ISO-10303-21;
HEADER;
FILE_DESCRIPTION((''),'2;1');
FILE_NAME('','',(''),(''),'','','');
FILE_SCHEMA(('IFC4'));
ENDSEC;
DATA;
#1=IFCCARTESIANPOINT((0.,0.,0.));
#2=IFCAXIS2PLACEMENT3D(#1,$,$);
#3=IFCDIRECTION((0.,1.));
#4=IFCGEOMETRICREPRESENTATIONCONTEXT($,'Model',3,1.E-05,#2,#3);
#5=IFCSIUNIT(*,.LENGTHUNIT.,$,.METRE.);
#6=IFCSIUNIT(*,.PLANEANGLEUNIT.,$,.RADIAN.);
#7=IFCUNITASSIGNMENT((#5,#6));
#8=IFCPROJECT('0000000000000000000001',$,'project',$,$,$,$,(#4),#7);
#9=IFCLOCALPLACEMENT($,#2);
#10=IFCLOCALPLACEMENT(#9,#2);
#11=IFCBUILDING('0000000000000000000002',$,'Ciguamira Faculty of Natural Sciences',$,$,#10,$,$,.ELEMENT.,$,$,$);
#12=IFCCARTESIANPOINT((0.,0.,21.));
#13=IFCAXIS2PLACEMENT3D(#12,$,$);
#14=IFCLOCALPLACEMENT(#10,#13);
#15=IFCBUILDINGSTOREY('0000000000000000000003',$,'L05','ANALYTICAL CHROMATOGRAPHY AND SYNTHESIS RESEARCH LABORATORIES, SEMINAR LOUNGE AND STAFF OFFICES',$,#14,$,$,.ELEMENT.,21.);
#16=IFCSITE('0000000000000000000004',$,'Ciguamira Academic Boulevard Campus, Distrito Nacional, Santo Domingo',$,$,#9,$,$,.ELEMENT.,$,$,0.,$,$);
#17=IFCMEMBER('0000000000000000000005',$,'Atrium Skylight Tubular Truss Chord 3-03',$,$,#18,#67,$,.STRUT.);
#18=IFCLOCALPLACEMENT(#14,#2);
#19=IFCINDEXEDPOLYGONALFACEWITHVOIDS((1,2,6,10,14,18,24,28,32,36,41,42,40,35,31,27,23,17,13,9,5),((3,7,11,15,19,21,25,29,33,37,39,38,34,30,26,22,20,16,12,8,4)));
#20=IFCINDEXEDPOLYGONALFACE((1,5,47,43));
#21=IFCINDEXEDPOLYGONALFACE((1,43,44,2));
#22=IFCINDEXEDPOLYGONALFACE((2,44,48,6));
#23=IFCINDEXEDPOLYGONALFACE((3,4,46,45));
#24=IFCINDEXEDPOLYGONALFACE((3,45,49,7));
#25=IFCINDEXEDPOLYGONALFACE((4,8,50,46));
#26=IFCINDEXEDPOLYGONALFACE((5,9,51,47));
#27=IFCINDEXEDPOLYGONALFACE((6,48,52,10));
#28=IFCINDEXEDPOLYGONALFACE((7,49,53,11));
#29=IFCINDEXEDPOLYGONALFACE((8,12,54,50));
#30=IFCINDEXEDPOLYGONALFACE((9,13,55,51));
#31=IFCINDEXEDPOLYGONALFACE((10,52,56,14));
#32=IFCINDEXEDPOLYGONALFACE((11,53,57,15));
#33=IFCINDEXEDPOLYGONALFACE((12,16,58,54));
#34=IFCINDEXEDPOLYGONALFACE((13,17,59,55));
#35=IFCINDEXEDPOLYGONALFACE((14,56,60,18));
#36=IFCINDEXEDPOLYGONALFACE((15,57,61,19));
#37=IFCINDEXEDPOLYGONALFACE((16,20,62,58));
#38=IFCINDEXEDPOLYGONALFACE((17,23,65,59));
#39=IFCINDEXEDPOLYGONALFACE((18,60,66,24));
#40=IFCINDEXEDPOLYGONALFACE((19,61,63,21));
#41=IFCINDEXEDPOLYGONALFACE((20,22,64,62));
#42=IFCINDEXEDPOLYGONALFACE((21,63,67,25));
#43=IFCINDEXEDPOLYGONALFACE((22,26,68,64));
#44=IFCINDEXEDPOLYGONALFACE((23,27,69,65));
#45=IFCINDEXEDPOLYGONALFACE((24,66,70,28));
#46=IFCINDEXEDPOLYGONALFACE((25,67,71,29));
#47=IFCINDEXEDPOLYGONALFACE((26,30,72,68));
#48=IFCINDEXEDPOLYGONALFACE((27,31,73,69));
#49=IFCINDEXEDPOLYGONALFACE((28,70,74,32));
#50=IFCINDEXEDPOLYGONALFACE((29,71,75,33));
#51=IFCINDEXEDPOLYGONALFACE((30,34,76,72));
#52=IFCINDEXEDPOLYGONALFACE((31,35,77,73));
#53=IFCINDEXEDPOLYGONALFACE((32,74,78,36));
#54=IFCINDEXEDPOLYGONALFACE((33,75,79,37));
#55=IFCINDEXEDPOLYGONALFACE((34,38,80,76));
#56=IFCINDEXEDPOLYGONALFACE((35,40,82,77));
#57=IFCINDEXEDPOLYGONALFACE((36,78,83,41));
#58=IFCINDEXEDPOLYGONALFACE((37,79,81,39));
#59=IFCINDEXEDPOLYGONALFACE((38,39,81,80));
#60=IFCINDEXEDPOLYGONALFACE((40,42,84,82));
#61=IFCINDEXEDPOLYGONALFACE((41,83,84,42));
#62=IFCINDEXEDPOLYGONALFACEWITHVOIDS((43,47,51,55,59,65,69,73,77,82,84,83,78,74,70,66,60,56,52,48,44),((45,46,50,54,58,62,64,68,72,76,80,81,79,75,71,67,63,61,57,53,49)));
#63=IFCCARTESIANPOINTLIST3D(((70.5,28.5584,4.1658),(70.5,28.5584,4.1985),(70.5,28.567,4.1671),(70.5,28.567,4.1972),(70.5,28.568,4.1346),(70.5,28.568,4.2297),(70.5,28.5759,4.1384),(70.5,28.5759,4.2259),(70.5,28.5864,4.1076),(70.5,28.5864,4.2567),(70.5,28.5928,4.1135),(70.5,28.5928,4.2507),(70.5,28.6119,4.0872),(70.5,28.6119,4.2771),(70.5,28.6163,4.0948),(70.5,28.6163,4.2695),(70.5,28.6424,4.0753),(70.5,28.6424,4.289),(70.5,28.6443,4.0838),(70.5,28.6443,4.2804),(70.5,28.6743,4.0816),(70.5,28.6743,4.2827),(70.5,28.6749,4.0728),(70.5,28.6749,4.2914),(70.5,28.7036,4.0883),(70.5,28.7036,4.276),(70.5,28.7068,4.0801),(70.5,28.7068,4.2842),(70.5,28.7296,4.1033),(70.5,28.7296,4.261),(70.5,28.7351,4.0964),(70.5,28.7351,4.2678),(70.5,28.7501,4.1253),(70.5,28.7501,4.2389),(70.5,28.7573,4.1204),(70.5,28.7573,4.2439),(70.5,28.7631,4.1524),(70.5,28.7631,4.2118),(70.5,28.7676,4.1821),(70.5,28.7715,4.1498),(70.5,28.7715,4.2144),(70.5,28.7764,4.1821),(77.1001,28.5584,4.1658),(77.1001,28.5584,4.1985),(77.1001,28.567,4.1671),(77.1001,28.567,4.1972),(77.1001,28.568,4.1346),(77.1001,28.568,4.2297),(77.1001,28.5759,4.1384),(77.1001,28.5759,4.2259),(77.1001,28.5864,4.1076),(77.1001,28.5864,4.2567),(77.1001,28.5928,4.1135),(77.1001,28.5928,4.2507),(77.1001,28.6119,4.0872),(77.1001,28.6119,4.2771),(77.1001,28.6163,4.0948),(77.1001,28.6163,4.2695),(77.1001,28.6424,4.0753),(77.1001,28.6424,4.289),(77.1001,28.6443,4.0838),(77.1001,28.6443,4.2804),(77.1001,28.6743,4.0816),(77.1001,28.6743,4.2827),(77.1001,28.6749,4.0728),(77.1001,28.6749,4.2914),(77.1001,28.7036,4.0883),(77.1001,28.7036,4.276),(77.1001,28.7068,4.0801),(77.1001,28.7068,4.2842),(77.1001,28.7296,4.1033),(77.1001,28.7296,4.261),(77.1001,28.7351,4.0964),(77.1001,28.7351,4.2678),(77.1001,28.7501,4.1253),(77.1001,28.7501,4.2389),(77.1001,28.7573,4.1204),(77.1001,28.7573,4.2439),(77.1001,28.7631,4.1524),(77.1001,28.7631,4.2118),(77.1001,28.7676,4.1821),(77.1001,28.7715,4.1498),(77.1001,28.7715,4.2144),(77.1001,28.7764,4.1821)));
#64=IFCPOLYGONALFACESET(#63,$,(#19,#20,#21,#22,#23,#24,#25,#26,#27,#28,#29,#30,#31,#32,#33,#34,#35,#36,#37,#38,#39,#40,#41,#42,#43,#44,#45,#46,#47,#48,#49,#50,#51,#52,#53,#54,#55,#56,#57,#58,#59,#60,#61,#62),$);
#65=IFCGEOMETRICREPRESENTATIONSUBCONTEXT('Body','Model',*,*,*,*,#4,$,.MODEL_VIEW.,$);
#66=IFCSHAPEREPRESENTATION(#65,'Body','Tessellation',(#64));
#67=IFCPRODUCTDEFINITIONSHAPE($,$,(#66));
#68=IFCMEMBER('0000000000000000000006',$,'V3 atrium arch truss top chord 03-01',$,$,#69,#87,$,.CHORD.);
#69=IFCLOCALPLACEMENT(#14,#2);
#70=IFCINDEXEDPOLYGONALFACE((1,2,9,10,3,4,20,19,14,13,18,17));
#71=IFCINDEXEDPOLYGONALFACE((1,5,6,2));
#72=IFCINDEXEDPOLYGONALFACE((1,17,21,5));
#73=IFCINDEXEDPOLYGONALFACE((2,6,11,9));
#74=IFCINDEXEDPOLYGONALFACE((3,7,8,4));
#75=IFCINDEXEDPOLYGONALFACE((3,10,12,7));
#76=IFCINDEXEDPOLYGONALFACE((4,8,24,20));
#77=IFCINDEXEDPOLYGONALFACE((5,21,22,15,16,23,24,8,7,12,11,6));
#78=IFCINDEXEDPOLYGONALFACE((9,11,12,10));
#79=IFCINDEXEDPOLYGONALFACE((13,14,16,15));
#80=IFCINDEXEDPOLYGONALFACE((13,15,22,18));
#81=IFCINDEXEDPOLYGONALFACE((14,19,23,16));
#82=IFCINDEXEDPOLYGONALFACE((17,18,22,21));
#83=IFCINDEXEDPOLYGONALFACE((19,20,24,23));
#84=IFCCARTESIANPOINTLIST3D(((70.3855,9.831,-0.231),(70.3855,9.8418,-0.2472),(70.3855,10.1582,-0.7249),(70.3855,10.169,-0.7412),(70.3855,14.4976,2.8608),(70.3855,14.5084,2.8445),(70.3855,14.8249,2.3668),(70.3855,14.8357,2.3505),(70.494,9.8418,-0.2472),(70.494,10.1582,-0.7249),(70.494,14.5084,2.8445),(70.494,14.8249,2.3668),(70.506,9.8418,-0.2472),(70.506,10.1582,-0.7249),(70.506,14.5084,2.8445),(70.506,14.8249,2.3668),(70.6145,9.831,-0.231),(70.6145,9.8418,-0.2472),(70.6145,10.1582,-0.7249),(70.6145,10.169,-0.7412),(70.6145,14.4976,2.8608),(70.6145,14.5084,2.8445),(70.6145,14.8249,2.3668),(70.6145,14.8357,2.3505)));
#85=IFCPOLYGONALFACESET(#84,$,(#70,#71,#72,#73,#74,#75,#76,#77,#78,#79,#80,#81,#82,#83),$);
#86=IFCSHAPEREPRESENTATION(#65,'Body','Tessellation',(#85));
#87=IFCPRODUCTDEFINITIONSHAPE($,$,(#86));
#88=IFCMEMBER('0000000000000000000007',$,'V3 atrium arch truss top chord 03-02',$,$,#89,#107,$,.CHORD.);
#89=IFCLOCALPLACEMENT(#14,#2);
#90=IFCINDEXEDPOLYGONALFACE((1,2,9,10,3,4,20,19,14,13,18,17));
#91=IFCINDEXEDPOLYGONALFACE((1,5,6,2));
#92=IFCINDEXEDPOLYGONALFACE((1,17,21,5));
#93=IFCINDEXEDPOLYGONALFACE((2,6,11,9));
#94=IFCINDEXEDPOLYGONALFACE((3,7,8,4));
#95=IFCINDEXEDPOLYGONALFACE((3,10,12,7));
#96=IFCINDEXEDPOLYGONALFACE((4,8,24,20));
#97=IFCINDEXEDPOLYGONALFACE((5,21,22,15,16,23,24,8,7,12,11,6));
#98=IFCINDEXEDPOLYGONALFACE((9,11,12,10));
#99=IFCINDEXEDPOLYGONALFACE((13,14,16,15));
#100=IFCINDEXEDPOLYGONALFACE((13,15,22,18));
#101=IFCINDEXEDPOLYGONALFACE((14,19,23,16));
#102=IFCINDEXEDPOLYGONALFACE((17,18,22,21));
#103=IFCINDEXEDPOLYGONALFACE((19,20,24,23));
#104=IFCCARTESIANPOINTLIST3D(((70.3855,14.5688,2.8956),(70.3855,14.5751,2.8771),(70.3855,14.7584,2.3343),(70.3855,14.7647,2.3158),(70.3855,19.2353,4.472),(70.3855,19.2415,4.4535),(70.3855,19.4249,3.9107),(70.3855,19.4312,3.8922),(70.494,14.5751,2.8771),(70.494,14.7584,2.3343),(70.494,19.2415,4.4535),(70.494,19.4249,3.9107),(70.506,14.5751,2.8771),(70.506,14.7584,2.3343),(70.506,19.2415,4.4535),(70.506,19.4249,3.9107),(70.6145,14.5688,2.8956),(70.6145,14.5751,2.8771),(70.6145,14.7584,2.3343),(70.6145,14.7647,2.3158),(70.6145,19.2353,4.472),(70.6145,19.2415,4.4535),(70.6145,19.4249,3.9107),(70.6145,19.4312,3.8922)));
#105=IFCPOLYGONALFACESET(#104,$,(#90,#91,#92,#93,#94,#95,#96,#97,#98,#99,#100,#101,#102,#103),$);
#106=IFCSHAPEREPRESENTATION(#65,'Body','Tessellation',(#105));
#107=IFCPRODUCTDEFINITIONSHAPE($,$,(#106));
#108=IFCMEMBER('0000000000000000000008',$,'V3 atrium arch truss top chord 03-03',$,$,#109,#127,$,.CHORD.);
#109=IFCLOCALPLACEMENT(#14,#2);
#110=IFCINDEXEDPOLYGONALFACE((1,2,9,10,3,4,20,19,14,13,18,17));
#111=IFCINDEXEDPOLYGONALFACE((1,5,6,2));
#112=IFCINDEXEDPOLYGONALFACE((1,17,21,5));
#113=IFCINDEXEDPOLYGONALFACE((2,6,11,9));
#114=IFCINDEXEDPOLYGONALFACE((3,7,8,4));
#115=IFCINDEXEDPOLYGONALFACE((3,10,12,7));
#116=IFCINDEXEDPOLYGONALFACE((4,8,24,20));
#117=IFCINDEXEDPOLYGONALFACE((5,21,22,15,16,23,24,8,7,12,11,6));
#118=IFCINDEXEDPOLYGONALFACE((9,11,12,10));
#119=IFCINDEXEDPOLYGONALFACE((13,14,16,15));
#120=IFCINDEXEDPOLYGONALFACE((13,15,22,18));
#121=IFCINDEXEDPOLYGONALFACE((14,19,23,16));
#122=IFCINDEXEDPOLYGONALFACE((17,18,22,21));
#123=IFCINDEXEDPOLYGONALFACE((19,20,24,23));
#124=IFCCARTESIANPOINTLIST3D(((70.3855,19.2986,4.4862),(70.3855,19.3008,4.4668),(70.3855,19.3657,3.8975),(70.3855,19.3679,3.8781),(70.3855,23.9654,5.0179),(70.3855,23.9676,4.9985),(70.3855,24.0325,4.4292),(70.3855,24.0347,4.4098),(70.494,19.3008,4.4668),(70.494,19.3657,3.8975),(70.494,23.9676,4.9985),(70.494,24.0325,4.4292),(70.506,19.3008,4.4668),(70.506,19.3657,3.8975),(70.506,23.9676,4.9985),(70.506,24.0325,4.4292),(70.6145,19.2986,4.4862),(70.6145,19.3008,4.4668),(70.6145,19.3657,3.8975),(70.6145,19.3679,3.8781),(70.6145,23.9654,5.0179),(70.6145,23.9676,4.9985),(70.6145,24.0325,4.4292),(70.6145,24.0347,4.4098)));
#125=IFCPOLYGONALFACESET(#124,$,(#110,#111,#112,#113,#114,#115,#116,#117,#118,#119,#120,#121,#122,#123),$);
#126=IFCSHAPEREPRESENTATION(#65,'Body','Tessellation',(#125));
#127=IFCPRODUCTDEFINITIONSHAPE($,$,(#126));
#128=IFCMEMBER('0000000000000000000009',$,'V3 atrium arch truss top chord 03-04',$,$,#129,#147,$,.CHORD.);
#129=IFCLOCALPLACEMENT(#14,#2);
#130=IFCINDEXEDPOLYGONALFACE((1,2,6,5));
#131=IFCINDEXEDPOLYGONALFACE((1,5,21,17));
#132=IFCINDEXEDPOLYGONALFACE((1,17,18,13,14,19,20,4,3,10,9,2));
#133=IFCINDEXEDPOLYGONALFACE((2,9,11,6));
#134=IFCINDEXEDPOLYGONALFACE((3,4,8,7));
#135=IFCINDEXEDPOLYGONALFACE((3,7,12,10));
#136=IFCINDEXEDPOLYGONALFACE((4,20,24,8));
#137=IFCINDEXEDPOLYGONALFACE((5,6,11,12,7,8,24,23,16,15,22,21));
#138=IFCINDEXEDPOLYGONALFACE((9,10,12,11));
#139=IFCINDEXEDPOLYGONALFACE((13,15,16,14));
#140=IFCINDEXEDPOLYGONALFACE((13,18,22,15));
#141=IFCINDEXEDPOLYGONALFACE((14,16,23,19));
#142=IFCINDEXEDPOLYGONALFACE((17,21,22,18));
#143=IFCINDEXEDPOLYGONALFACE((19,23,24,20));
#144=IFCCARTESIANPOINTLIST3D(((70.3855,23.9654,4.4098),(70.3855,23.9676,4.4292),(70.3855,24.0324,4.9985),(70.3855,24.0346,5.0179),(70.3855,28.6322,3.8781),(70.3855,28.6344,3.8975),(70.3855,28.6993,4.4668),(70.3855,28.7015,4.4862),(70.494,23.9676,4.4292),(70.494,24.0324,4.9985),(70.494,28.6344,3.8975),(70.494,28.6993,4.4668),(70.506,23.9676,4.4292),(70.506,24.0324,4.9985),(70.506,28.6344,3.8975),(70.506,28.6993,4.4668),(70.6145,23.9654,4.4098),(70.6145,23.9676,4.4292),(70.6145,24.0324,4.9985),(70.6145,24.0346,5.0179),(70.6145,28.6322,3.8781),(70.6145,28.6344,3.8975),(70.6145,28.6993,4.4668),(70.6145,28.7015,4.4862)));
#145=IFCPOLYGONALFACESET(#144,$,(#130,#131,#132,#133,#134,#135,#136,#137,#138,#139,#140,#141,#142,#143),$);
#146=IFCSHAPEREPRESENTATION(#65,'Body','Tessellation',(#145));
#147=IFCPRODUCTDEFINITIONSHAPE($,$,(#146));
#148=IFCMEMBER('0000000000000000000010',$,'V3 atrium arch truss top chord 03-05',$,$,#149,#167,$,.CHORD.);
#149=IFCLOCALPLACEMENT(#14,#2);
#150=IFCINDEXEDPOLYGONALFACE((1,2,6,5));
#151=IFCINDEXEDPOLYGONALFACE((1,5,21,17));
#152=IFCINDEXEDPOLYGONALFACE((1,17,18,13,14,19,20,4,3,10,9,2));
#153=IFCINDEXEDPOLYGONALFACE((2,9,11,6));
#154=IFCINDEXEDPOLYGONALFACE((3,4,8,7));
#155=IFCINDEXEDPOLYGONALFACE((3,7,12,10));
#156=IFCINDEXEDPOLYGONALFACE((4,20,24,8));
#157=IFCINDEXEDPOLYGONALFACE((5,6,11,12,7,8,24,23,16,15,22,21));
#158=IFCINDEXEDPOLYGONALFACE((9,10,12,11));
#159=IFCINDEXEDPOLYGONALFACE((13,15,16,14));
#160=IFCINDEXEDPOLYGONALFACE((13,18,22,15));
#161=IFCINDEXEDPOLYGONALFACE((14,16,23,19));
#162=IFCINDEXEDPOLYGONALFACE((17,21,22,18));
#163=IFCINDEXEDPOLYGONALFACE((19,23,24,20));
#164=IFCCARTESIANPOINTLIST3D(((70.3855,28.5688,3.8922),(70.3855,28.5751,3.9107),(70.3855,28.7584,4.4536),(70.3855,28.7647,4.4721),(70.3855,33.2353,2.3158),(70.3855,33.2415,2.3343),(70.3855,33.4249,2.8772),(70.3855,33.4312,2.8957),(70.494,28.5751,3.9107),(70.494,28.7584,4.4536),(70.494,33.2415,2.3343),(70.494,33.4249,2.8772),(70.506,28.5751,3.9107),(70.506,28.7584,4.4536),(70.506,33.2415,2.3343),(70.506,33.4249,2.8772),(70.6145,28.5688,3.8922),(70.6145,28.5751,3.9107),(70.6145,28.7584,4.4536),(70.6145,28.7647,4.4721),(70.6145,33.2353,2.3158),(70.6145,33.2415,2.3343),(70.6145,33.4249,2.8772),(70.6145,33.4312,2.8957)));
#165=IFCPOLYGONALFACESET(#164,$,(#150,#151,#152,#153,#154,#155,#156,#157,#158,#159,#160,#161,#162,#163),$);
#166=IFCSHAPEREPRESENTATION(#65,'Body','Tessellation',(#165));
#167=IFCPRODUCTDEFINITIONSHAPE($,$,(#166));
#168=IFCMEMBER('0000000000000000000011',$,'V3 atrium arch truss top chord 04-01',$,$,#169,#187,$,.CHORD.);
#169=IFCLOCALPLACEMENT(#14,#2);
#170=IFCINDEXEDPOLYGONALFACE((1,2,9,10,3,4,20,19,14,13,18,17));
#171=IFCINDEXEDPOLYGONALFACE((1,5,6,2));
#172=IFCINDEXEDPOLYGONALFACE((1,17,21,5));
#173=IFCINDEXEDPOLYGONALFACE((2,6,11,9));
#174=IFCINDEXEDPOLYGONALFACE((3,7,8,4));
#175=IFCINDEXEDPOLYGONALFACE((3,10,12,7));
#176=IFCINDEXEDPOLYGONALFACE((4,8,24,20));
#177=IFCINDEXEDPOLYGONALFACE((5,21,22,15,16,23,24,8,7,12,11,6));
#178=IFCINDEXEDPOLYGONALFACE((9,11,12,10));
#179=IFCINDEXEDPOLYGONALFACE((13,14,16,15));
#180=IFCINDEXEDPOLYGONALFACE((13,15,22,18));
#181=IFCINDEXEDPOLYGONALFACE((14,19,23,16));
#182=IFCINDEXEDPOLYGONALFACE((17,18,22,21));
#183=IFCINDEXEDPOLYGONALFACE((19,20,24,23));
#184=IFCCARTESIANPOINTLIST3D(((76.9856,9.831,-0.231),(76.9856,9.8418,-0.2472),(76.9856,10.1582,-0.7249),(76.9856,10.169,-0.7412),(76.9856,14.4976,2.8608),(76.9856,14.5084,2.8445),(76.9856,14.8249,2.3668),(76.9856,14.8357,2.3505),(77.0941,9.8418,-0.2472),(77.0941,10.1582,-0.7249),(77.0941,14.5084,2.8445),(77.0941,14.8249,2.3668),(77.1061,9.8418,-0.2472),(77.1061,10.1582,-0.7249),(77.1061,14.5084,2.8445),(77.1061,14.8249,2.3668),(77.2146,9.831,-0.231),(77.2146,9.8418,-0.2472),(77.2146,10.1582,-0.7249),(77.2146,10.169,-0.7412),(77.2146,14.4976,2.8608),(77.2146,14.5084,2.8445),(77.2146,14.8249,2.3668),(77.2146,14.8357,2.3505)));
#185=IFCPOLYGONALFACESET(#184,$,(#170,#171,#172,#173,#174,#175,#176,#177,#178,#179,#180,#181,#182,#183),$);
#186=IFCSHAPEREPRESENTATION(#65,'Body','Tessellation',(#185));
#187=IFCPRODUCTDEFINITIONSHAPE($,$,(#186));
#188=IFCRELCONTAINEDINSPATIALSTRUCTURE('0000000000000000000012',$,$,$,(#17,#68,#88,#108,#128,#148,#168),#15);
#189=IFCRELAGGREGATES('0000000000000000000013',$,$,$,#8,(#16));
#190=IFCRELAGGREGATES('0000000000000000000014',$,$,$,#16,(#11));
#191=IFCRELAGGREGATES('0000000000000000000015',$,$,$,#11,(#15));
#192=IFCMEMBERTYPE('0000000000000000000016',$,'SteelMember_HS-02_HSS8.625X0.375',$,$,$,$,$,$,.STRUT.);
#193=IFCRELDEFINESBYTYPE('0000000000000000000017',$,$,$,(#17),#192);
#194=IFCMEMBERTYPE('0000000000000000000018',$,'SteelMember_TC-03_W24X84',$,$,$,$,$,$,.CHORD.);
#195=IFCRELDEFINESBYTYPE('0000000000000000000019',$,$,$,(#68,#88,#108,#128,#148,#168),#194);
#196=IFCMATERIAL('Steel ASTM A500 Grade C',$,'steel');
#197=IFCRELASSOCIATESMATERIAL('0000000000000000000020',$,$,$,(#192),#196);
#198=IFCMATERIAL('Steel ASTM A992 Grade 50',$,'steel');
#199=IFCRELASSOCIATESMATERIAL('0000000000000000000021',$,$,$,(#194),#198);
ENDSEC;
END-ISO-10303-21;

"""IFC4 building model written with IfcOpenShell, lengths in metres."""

from ifc_helpers import new_model, si_unit, direction, frame, origin, origin_2d, place, context, subcontext, project, spatial, hollow_circle, i_section, extrude, material, material_profile, profile_set, type_object, element, save


model = new_model("IFC4")

# Units and contexts
model_context = context("Model", 3, precision=1e-05, world=origin(), true_north=direction((0.0, 1.0)))
body_context = subcontext(model_context, "Body", "Model", "MODEL_VIEW")
ifc_project = project(units=[si_unit("LENGTHUNIT", "METRE"), si_unit("PLANEANGLEUNIT", "RADIAN")], contexts=[model_context])

# Site, building, storey
site_placement = place(None, origin())
site = spatial("IfcSite", under=ifc_project, at=site_placement, Name="Ciguamira Academic Boulevard Campus, Distrito Nacional, Santo Domingo", CompositionType="ELEMENT", RefElevation=0.0)
building_placement = place(site_placement, origin())
building = spatial("IfcBuilding", under=site, at=building_placement, Name="Ciguamira Faculty of Natural Sciences", CompositionType="ELEMENT")
storey_placement = place(building_placement, frame((0.0, 0.0, 21.0)))
storey = spatial("IfcBuildingStorey", under=building, at=storey_placement, Name="L05", Description="ANALYTICAL CHROMATOGRAPHY AND SYNTHESIS RESEARCH LABORATORIES, SEMINAR LOUNGE AND STAFF OFFICES", CompositionType="ELEMENT", Elevation=21.0)

# Shared definitions
ifc_material_1 = material(Name="Steel ASTM A992 Grade 50", Category="steel")

# Members
ifc_material_2 = material(Name="Steel ASTM A500 Grade C", Category="steel")
ifc_material_profile_1 = material_profile(ifc_material_2, hollow_circle(Radius=0.1096, WallThickness=0.0088, at=origin_2d()), Name="HSS8.625X0.375")
ifc_profile_set_1 = profile_set([ifc_material_profile_1], Name="Steel ASTM A500 Grade C")
member_type_1 = type_object("IfcMemberType", Name="SteelMember_HS-02_HSS8.625X0.375", PredefinedType="STRUT", material=ifc_profile_set_1)
member_1_placement = place(storey_placement, frame((70.5, 28.6667, 4.1821), z_axis=(1.0, 0.0, 0.0), x_axis=(0.0, 1.0, 0.0)))
element("IfcMember", 1, at=member_1_placement, inside=storey, type_object=member_type_1, Name="Atrium Skylight Tubular Truss Chord 3-03", PredefinedType="STRUT", context=body_context, shape_type="SweptSolid", body=[
    extrude(hollow_circle(Radius=0.1096, WallThickness=0.0088, at=origin_2d()), origin(), (0.0, 0.0, 1.0), 6.6001),
])
ifc_material_profile_2 = material_profile(ifc_material_1, i_section(OverallWidth=0.229, OverallDepth=0.6121, WebThickness=0.012, FlangeThickness=0.0195, at=origin_2d()), Name="W24X84")
ifc_profile_set_2 = profile_set([ifc_material_profile_2], Name="Steel ASTM A992 Grade 50")
member_type_2 = type_object("IfcMemberType", Name="SteelMember_TC-03_W24X84", PredefinedType="CHORD", material=ifc_profile_set_2)
member_2_placement = place(storey_placement, frame((70.5, 10.0, -0.4861), z_axis=(0.0, 0.833644, 0.552303), x_axis=(-1.0, 0.0, 0.0)))
element("IfcMember", 2, at=member_2_placement, inside=storey, type_object=member_type_2, Name="V3 atrium arch truss top chord 03-01", PredefinedType="CHORD", context=body_context, shape_type="SweptSolid", body=[
    extrude(i_section(OverallWidth=0.229, OverallDepth=0.6121, WebThickness=0.012, FlangeThickness=0.0195, at=origin_2d()), origin(), (0.0, 0.0, 1.0), 5.5979),
])
member_3_placement = place(storey_placement, frame((70.5, 14.6667, 2.6057), z_axis=(0.0, 0.947402, 0.320047), x_axis=(-1.0, 0.0, 0.0)))
element("IfcMember", 3, at=member_3_placement, inside=storey, type_object=member_type_2, Name="V3 atrium arch truss top chord 03-02", PredefinedType="CHORD", context=body_context, shape_type="SweptSolid", body=[
    extrude(i_section(OverallWidth=0.229, OverallDepth=0.6121, WebThickness=0.012, FlangeThickness=0.0195, at=origin_2d()), origin(), (0.0, 0.0, 1.0), 4.9255),
])
for number, where, z_axis, x_axis, name in (
    (4, (70.5, 19.3333, 4.1821), (0.0, 0.993571, 0.113209), (-1.0, 0.0, 0.0), "V3 atrium arch truss top chord 03-03"),
    (5, (70.5, 24.0, 4.7139), (0.0, 0.993571, -0.113209), (-1.0, 0.0, 0.0), "V3 atrium arch truss top chord 03-04"),
):
    element("IfcMember", number, at=place(storey_placement, frame(where, z_axis=z_axis, x_axis=x_axis)), inside=storey, type_object=member_type_2, Name=name, PredefinedType="CHORD", context=body_context, shape_type="SweptSolid", body=[
        extrude(i_section(OverallWidth=0.229, OverallDepth=0.6121, WebThickness=0.012, FlangeThickness=0.0195, at=origin_2d()), origin(), (0.0, 0.0, 1.0), 4.697),
    ])
member_4_placement = place(storey_placement, frame((70.5, 28.6667, 4.1821), z_axis=(0.0, 0.947402, -0.320047), x_axis=(-1.0, 0.0, 0.0)))
element("IfcMember", 6, at=member_4_placement, inside=storey, type_object=member_type_2, Name="V3 atrium arch truss top chord 03-05", PredefinedType="CHORD", context=body_context, shape_type="SweptSolid", body=[
    extrude(i_section(OverallWidth=0.229, OverallDepth=0.6121, WebThickness=0.012, FlangeThickness=0.0195, at=origin_2d()), origin(), (0.0, 0.0, 1.0), 4.9255),
])
member_5_placement = place(storey_placement, frame((77.1001, 10.0, -0.4861), z_axis=(0.0, 0.833644, 0.552303), x_axis=(-1.0, 0.0, 0.0)))
element("IfcMember", 7, at=member_5_placement, inside=storey, type_object=member_type_2, Name="V3 atrium arch truss top chord 04-01", PredefinedType="CHORD", context=body_context, shape_type="SweptSolid", body=[
    extrude(i_section(OverallWidth=0.229, OverallDepth=0.6121, WebThickness=0.012, FlangeThickness=0.0195, at=origin_2d()), origin(), (0.0, 0.0, 1.0), 5.5979),
])

save(model, "model.ifc")
